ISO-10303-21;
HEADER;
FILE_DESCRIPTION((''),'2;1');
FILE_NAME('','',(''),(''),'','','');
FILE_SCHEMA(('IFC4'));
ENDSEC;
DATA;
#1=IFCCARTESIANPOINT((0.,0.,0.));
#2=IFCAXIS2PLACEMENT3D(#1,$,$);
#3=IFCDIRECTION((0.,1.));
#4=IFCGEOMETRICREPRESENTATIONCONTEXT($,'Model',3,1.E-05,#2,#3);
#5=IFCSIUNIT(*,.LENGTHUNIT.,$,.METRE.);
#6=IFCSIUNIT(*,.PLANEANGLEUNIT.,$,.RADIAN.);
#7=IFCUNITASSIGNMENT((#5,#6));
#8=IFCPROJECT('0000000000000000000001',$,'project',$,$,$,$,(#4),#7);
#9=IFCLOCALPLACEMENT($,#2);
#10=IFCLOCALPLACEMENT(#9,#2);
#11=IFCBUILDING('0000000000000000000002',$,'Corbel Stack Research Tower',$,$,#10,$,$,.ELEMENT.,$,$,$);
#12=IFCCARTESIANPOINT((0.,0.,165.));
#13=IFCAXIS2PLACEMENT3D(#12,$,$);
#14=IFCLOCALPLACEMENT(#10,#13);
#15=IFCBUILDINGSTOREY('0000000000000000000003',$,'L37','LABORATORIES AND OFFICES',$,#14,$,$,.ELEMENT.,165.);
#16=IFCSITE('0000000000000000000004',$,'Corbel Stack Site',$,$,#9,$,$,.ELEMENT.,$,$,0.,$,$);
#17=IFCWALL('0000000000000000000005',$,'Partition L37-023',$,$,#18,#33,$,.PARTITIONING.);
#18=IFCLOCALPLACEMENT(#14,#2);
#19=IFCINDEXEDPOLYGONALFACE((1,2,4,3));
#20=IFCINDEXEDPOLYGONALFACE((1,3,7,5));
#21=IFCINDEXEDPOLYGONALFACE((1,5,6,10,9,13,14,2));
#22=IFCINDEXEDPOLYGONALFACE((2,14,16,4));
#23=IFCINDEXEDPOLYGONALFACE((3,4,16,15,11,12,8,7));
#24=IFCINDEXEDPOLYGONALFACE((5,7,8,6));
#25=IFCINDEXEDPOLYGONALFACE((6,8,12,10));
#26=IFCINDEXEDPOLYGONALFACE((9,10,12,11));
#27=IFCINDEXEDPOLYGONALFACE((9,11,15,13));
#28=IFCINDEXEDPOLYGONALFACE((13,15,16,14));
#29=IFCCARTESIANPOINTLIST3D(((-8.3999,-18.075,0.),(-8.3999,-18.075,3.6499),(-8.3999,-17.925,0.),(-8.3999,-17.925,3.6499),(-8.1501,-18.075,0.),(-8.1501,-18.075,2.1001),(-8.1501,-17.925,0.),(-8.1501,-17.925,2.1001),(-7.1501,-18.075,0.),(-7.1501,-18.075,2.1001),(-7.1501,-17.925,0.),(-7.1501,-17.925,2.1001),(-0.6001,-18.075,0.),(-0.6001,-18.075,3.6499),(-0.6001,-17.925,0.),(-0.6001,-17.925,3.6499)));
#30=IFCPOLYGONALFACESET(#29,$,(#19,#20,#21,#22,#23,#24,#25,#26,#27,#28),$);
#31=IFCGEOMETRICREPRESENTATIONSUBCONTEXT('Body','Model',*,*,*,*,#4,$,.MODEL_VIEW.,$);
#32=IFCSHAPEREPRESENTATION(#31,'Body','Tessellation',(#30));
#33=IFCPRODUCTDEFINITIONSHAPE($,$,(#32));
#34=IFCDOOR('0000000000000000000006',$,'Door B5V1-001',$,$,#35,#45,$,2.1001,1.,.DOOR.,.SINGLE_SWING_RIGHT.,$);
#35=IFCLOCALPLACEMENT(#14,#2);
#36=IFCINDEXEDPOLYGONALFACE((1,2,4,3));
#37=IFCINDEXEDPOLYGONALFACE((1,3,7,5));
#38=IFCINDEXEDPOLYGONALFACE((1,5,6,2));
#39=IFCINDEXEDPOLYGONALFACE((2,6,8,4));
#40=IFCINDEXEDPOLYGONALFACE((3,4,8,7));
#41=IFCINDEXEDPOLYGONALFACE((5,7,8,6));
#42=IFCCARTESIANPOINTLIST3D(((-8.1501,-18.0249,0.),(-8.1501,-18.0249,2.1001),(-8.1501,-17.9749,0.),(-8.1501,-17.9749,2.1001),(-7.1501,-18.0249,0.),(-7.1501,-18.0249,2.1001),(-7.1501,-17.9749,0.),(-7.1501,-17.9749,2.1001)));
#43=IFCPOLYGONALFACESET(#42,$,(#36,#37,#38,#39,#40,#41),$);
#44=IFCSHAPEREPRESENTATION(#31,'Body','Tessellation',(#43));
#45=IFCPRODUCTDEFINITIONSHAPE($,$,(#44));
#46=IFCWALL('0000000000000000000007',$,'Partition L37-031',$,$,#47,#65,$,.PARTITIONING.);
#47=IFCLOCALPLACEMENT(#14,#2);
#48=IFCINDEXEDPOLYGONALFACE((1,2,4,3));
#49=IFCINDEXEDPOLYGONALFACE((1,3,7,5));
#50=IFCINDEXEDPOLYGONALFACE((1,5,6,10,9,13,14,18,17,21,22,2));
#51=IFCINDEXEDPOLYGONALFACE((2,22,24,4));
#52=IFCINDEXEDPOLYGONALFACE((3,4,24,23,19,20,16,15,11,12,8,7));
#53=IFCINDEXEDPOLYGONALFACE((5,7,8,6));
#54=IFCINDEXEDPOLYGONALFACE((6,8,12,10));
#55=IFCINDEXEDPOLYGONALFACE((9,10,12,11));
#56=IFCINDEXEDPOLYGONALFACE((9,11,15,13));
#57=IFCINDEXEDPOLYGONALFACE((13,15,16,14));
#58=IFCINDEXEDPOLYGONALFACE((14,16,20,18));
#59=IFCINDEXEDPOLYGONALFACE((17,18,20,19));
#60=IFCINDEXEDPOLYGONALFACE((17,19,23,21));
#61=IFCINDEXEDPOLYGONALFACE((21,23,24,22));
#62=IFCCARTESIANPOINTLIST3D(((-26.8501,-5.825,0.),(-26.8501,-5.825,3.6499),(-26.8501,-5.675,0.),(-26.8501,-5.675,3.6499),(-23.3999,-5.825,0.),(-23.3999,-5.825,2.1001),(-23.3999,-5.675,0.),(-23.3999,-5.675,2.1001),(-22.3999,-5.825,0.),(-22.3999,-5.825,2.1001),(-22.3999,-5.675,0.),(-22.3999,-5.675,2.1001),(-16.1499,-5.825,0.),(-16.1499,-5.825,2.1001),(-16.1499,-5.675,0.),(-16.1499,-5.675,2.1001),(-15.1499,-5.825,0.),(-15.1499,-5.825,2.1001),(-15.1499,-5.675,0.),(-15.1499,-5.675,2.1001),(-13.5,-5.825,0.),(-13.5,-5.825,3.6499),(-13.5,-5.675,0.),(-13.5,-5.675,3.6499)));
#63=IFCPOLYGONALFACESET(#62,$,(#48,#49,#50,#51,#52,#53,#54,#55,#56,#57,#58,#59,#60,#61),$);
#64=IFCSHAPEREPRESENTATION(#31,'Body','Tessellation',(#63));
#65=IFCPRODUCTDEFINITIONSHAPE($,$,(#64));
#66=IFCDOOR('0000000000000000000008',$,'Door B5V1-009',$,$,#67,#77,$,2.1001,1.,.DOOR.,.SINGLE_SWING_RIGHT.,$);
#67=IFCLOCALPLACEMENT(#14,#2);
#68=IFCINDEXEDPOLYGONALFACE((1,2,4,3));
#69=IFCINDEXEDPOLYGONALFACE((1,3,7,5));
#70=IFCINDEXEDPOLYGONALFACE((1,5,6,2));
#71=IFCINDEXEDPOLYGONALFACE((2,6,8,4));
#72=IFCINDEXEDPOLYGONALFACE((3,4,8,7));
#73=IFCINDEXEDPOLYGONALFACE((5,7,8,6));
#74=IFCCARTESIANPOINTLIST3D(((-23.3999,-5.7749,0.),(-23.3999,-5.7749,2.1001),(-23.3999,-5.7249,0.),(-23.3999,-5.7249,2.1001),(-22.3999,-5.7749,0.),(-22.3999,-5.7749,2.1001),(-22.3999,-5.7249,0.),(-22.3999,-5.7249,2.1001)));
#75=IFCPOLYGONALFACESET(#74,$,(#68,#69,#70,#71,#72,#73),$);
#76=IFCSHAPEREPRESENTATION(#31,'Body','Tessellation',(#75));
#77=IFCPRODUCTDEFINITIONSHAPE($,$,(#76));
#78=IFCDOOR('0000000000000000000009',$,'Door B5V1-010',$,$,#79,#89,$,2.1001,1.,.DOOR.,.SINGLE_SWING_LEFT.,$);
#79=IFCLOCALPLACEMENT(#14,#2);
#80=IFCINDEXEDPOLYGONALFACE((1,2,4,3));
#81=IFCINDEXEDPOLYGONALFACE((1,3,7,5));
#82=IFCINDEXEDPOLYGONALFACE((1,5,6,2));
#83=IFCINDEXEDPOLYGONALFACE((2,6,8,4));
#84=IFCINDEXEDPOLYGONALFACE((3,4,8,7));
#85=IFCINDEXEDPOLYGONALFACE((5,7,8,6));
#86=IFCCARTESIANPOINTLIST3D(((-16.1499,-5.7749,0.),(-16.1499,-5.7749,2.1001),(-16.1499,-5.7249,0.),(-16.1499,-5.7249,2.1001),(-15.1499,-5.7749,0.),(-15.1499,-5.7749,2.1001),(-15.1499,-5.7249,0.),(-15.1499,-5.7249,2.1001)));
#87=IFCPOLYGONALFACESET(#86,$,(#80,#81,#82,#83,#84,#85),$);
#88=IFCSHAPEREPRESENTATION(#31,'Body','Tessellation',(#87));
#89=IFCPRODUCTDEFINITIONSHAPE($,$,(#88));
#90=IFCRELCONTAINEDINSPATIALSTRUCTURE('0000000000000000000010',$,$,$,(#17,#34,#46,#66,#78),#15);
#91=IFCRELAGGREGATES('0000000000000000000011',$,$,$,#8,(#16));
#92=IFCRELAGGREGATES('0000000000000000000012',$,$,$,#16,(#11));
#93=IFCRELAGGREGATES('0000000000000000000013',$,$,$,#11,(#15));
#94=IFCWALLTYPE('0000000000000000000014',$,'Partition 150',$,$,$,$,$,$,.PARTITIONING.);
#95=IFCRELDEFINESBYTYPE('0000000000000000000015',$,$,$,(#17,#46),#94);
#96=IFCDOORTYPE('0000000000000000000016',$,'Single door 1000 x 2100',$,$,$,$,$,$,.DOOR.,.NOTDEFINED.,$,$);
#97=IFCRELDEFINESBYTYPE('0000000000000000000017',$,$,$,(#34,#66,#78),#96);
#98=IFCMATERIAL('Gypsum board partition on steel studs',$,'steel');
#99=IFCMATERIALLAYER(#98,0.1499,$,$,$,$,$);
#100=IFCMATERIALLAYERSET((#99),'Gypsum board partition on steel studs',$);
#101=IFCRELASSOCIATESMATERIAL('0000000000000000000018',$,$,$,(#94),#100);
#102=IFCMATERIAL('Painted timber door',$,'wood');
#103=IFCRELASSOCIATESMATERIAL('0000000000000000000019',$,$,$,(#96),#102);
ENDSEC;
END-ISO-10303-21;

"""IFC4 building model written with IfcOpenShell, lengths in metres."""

from ifc_helpers import new_model, si_unit, direction, frame, frame_2d, origin, place, context, subcontext, project, spatial, rectangle, extrude, material, layer, layer_set, type_object, element, fill, save


model = new_model("IFC4")

# Units and contexts
model_context = context("Model", 3, precision=1e-05, world=origin(), true_north=direction((0.0, 1.0)))
body_context = subcontext(model_context, "Body", "Model", "MODEL_VIEW")
ifc_project = project(units=[si_unit("LENGTHUNIT", "METRE"), si_unit("PLANEANGLEUNIT", "RADIAN")], contexts=[model_context])

# Site, building, storey
site_placement = place(None, origin())
site = spatial("IfcSite", under=ifc_project, at=site_placement, Name="Corbel Stack Site", CompositionType="ELEMENT", RefElevation=0.0)
building_placement = place(site_placement, origin())
building = spatial("IfcBuilding", under=site, at=building_placement, Name="Corbel Stack Research Tower", CompositionType="ELEMENT")
storey_placement = place(building_placement, frame((0.0, 0.0, 165.0)))
storey = spatial("IfcBuildingStorey", under=building, at=storey_placement, Name="L37", Description="LABORATORIES AND OFFICES", CompositionType="ELEMENT", Elevation=165.0)

# Wall, opening, door
ifc_material_1 = material(Name="Gypsum board partition on steel studs", Category="steel")
ifc_layer_1 = layer(ifc_material_1, 0.1499)
ifc_layer_set_1 = layer_set([ifc_layer_1], Name="Gypsum board partition on steel studs")
wall_type_1 = type_object("IfcWallType", Name="Partition 150", PredefinedType="PARTITIONING", material=ifc_layer_set_1)
wall_1_placement = place(storey_placement, frame((-0.6001, -18.0, 0.0), z_axis=(0.0, 0.0, 1.0), x_axis=(-1.0, 0.0, 0.0)))
wall_1 = element("IfcWall", 1, at=wall_1_placement, inside=storey, type_object=wall_type_1, Name="Partition L37-023", PredefinedType="PARTITIONING", context=body_context, shape_type="SweptSolid", body=[
    extrude(rectangle(XDim=7.7998, YDim=0.1499, at=frame_2d((3.8999, 0.0))), origin(), (0.0, 0.0, 1.0), 3.6499),
])
opening_1_placement = place(wall_1_placement, frame((6.55, 0.0, 0.0)))
opening_1 = element("IfcOpeningElement", 2, at=opening_1_placement, cuts=wall_1, PredefinedType="OPENING", context=body_context, shape_type="SweptSolid", body=[
    extrude(rectangle(XDim=1.0, YDim=2.1001, at=frame_2d((0.5, 1.05))), frame((0.0, 0.085, 0.0), z_axis=(0.0, -1.0, 0.0), x_axis=(1.0, 0.0, 0.0)), (0.0, 0.0, 1.0), 0.1699),
])
ifc_material_2 = material(Name="Painted timber door", Category="wood")
door_type_1 = type_object("IfcDoorType", Name="Single door 1000 x 2100", OperationType="NOTDEFINED", PredefinedType="DOOR", material=ifc_material_2)
door_1_placement = place(opening_1_placement, origin())
door_1 = element("IfcDoor", 3, at=door_1_placement, inside=storey, type_object=door_type_1, Name="Door B5V1-001", OperationType="SINGLE_SWING_RIGHT", OverallHeight=2.1001, OverallWidth=1.0, PredefinedType="DOOR", context=body_context, shape_type="SweptSolid", body=[
    extrude(rectangle(XDim=1.0, YDim=2.1001, at=frame_2d((0.5, 1.05))), frame((0.0, 0.0249, 0.0), z_axis=(0.0, -1.0, 0.0), x_axis=(1.0, 0.0, 0.0)), (0.0, 0.0, 1.0), 0.05),
])
fill(opening_1, door_1)

# Wall, openings, doors
wall_2_placement = place(storey_placement, frame((-13.5, -5.75, 0.0), z_axis=(0.0, 0.0, 1.0), x_axis=(-1.0, 0.0, 0.0)))
wall_2 = element("IfcWall", 4, at=wall_2_placement, inside=storey, type_object=wall_type_1, Name="Partition L37-031", PredefinedType="PARTITIONING", context=body_context, shape_type="SweptSolid", body=[
    extrude(rectangle(XDim=13.3501, YDim=0.1499, at=frame_2d((6.675, 0.0))), origin(), (0.0, 0.0, 1.0), 3.6499),
])
opening_2_placement = place(wall_2_placement, frame((8.8999, 0.0, 0.0)))
opening_2 = element("IfcOpeningElement", 5, at=opening_2_placement, cuts=wall_2, PredefinedType="OPENING", context=body_context, shape_type="SweptSolid", body=[
    extrude(rectangle(XDim=1.0, YDim=2.1001, at=frame_2d((0.5, 1.05))), frame((0.0, 0.085, 0.0), z_axis=(0.0, -1.0, 0.0), x_axis=(1.0, 0.0, 0.0)), (0.0, 0.0, 1.0), 0.1699),
])
opening_3_placement = place(wall_2_placement, frame((1.6499, 0.0, 0.0)))
opening_3 = element("IfcOpeningElement", 6, at=opening_3_placement, cuts=wall_2, PredefinedType="OPENING", context=body_context, shape_type="SweptSolid", body=[
    extrude(rectangle(XDim=1.0, YDim=2.1001, at=frame_2d((0.5, 1.05))), frame((0.0, 0.085, 0.0), z_axis=(0.0, -1.0, 0.0), x_axis=(1.0, 0.0, 0.0)), (0.0, 0.0, 1.0), 0.1699),
])
door_2_placement = place(opening_2_placement, origin())
door_2 = element("IfcDoor", 7, at=door_2_placement, inside=storey, type_object=door_type_1, Name="Door B5V1-009", OperationType="SINGLE_SWING_RIGHT", OverallHeight=2.1001, OverallWidth=1.0, PredefinedType="DOOR", context=body_context, shape_type="SweptSolid", body=[
    extrude(rectangle(XDim=1.0, YDim=2.1001, at=frame_2d((0.5, 1.05))), frame((0.0, 0.0249, 0.0), z_axis=(0.0, -1.0, 0.0), x_axis=(1.0, 0.0, 0.0)), (0.0, 0.0, 1.0), 0.05),
])
fill(opening_2, door_2)
door_3_placement = place(opening_3_placement, origin())
door_3 = element("IfcDoor", 8, at=door_3_placement, inside=storey, type_object=door_type_1, Name="Door B5V1-010", OperationType="SINGLE_SWING_LEFT", OverallHeight=2.1001, OverallWidth=1.0, PredefinedType="DOOR", context=body_context, shape_type="SweptSolid", body=[
    extrude(rectangle(XDim=1.0, YDim=2.1001, at=frame_2d((0.5, 1.05))), frame((0.0, 0.0249, 0.0), z_axis=(0.0, -1.0, 0.0), x_axis=(1.0, 0.0, 0.0)), (0.0, 0.0, 1.0), 0.05),
])
fill(opening_3, door_3)

save(model, "model.ifc")
